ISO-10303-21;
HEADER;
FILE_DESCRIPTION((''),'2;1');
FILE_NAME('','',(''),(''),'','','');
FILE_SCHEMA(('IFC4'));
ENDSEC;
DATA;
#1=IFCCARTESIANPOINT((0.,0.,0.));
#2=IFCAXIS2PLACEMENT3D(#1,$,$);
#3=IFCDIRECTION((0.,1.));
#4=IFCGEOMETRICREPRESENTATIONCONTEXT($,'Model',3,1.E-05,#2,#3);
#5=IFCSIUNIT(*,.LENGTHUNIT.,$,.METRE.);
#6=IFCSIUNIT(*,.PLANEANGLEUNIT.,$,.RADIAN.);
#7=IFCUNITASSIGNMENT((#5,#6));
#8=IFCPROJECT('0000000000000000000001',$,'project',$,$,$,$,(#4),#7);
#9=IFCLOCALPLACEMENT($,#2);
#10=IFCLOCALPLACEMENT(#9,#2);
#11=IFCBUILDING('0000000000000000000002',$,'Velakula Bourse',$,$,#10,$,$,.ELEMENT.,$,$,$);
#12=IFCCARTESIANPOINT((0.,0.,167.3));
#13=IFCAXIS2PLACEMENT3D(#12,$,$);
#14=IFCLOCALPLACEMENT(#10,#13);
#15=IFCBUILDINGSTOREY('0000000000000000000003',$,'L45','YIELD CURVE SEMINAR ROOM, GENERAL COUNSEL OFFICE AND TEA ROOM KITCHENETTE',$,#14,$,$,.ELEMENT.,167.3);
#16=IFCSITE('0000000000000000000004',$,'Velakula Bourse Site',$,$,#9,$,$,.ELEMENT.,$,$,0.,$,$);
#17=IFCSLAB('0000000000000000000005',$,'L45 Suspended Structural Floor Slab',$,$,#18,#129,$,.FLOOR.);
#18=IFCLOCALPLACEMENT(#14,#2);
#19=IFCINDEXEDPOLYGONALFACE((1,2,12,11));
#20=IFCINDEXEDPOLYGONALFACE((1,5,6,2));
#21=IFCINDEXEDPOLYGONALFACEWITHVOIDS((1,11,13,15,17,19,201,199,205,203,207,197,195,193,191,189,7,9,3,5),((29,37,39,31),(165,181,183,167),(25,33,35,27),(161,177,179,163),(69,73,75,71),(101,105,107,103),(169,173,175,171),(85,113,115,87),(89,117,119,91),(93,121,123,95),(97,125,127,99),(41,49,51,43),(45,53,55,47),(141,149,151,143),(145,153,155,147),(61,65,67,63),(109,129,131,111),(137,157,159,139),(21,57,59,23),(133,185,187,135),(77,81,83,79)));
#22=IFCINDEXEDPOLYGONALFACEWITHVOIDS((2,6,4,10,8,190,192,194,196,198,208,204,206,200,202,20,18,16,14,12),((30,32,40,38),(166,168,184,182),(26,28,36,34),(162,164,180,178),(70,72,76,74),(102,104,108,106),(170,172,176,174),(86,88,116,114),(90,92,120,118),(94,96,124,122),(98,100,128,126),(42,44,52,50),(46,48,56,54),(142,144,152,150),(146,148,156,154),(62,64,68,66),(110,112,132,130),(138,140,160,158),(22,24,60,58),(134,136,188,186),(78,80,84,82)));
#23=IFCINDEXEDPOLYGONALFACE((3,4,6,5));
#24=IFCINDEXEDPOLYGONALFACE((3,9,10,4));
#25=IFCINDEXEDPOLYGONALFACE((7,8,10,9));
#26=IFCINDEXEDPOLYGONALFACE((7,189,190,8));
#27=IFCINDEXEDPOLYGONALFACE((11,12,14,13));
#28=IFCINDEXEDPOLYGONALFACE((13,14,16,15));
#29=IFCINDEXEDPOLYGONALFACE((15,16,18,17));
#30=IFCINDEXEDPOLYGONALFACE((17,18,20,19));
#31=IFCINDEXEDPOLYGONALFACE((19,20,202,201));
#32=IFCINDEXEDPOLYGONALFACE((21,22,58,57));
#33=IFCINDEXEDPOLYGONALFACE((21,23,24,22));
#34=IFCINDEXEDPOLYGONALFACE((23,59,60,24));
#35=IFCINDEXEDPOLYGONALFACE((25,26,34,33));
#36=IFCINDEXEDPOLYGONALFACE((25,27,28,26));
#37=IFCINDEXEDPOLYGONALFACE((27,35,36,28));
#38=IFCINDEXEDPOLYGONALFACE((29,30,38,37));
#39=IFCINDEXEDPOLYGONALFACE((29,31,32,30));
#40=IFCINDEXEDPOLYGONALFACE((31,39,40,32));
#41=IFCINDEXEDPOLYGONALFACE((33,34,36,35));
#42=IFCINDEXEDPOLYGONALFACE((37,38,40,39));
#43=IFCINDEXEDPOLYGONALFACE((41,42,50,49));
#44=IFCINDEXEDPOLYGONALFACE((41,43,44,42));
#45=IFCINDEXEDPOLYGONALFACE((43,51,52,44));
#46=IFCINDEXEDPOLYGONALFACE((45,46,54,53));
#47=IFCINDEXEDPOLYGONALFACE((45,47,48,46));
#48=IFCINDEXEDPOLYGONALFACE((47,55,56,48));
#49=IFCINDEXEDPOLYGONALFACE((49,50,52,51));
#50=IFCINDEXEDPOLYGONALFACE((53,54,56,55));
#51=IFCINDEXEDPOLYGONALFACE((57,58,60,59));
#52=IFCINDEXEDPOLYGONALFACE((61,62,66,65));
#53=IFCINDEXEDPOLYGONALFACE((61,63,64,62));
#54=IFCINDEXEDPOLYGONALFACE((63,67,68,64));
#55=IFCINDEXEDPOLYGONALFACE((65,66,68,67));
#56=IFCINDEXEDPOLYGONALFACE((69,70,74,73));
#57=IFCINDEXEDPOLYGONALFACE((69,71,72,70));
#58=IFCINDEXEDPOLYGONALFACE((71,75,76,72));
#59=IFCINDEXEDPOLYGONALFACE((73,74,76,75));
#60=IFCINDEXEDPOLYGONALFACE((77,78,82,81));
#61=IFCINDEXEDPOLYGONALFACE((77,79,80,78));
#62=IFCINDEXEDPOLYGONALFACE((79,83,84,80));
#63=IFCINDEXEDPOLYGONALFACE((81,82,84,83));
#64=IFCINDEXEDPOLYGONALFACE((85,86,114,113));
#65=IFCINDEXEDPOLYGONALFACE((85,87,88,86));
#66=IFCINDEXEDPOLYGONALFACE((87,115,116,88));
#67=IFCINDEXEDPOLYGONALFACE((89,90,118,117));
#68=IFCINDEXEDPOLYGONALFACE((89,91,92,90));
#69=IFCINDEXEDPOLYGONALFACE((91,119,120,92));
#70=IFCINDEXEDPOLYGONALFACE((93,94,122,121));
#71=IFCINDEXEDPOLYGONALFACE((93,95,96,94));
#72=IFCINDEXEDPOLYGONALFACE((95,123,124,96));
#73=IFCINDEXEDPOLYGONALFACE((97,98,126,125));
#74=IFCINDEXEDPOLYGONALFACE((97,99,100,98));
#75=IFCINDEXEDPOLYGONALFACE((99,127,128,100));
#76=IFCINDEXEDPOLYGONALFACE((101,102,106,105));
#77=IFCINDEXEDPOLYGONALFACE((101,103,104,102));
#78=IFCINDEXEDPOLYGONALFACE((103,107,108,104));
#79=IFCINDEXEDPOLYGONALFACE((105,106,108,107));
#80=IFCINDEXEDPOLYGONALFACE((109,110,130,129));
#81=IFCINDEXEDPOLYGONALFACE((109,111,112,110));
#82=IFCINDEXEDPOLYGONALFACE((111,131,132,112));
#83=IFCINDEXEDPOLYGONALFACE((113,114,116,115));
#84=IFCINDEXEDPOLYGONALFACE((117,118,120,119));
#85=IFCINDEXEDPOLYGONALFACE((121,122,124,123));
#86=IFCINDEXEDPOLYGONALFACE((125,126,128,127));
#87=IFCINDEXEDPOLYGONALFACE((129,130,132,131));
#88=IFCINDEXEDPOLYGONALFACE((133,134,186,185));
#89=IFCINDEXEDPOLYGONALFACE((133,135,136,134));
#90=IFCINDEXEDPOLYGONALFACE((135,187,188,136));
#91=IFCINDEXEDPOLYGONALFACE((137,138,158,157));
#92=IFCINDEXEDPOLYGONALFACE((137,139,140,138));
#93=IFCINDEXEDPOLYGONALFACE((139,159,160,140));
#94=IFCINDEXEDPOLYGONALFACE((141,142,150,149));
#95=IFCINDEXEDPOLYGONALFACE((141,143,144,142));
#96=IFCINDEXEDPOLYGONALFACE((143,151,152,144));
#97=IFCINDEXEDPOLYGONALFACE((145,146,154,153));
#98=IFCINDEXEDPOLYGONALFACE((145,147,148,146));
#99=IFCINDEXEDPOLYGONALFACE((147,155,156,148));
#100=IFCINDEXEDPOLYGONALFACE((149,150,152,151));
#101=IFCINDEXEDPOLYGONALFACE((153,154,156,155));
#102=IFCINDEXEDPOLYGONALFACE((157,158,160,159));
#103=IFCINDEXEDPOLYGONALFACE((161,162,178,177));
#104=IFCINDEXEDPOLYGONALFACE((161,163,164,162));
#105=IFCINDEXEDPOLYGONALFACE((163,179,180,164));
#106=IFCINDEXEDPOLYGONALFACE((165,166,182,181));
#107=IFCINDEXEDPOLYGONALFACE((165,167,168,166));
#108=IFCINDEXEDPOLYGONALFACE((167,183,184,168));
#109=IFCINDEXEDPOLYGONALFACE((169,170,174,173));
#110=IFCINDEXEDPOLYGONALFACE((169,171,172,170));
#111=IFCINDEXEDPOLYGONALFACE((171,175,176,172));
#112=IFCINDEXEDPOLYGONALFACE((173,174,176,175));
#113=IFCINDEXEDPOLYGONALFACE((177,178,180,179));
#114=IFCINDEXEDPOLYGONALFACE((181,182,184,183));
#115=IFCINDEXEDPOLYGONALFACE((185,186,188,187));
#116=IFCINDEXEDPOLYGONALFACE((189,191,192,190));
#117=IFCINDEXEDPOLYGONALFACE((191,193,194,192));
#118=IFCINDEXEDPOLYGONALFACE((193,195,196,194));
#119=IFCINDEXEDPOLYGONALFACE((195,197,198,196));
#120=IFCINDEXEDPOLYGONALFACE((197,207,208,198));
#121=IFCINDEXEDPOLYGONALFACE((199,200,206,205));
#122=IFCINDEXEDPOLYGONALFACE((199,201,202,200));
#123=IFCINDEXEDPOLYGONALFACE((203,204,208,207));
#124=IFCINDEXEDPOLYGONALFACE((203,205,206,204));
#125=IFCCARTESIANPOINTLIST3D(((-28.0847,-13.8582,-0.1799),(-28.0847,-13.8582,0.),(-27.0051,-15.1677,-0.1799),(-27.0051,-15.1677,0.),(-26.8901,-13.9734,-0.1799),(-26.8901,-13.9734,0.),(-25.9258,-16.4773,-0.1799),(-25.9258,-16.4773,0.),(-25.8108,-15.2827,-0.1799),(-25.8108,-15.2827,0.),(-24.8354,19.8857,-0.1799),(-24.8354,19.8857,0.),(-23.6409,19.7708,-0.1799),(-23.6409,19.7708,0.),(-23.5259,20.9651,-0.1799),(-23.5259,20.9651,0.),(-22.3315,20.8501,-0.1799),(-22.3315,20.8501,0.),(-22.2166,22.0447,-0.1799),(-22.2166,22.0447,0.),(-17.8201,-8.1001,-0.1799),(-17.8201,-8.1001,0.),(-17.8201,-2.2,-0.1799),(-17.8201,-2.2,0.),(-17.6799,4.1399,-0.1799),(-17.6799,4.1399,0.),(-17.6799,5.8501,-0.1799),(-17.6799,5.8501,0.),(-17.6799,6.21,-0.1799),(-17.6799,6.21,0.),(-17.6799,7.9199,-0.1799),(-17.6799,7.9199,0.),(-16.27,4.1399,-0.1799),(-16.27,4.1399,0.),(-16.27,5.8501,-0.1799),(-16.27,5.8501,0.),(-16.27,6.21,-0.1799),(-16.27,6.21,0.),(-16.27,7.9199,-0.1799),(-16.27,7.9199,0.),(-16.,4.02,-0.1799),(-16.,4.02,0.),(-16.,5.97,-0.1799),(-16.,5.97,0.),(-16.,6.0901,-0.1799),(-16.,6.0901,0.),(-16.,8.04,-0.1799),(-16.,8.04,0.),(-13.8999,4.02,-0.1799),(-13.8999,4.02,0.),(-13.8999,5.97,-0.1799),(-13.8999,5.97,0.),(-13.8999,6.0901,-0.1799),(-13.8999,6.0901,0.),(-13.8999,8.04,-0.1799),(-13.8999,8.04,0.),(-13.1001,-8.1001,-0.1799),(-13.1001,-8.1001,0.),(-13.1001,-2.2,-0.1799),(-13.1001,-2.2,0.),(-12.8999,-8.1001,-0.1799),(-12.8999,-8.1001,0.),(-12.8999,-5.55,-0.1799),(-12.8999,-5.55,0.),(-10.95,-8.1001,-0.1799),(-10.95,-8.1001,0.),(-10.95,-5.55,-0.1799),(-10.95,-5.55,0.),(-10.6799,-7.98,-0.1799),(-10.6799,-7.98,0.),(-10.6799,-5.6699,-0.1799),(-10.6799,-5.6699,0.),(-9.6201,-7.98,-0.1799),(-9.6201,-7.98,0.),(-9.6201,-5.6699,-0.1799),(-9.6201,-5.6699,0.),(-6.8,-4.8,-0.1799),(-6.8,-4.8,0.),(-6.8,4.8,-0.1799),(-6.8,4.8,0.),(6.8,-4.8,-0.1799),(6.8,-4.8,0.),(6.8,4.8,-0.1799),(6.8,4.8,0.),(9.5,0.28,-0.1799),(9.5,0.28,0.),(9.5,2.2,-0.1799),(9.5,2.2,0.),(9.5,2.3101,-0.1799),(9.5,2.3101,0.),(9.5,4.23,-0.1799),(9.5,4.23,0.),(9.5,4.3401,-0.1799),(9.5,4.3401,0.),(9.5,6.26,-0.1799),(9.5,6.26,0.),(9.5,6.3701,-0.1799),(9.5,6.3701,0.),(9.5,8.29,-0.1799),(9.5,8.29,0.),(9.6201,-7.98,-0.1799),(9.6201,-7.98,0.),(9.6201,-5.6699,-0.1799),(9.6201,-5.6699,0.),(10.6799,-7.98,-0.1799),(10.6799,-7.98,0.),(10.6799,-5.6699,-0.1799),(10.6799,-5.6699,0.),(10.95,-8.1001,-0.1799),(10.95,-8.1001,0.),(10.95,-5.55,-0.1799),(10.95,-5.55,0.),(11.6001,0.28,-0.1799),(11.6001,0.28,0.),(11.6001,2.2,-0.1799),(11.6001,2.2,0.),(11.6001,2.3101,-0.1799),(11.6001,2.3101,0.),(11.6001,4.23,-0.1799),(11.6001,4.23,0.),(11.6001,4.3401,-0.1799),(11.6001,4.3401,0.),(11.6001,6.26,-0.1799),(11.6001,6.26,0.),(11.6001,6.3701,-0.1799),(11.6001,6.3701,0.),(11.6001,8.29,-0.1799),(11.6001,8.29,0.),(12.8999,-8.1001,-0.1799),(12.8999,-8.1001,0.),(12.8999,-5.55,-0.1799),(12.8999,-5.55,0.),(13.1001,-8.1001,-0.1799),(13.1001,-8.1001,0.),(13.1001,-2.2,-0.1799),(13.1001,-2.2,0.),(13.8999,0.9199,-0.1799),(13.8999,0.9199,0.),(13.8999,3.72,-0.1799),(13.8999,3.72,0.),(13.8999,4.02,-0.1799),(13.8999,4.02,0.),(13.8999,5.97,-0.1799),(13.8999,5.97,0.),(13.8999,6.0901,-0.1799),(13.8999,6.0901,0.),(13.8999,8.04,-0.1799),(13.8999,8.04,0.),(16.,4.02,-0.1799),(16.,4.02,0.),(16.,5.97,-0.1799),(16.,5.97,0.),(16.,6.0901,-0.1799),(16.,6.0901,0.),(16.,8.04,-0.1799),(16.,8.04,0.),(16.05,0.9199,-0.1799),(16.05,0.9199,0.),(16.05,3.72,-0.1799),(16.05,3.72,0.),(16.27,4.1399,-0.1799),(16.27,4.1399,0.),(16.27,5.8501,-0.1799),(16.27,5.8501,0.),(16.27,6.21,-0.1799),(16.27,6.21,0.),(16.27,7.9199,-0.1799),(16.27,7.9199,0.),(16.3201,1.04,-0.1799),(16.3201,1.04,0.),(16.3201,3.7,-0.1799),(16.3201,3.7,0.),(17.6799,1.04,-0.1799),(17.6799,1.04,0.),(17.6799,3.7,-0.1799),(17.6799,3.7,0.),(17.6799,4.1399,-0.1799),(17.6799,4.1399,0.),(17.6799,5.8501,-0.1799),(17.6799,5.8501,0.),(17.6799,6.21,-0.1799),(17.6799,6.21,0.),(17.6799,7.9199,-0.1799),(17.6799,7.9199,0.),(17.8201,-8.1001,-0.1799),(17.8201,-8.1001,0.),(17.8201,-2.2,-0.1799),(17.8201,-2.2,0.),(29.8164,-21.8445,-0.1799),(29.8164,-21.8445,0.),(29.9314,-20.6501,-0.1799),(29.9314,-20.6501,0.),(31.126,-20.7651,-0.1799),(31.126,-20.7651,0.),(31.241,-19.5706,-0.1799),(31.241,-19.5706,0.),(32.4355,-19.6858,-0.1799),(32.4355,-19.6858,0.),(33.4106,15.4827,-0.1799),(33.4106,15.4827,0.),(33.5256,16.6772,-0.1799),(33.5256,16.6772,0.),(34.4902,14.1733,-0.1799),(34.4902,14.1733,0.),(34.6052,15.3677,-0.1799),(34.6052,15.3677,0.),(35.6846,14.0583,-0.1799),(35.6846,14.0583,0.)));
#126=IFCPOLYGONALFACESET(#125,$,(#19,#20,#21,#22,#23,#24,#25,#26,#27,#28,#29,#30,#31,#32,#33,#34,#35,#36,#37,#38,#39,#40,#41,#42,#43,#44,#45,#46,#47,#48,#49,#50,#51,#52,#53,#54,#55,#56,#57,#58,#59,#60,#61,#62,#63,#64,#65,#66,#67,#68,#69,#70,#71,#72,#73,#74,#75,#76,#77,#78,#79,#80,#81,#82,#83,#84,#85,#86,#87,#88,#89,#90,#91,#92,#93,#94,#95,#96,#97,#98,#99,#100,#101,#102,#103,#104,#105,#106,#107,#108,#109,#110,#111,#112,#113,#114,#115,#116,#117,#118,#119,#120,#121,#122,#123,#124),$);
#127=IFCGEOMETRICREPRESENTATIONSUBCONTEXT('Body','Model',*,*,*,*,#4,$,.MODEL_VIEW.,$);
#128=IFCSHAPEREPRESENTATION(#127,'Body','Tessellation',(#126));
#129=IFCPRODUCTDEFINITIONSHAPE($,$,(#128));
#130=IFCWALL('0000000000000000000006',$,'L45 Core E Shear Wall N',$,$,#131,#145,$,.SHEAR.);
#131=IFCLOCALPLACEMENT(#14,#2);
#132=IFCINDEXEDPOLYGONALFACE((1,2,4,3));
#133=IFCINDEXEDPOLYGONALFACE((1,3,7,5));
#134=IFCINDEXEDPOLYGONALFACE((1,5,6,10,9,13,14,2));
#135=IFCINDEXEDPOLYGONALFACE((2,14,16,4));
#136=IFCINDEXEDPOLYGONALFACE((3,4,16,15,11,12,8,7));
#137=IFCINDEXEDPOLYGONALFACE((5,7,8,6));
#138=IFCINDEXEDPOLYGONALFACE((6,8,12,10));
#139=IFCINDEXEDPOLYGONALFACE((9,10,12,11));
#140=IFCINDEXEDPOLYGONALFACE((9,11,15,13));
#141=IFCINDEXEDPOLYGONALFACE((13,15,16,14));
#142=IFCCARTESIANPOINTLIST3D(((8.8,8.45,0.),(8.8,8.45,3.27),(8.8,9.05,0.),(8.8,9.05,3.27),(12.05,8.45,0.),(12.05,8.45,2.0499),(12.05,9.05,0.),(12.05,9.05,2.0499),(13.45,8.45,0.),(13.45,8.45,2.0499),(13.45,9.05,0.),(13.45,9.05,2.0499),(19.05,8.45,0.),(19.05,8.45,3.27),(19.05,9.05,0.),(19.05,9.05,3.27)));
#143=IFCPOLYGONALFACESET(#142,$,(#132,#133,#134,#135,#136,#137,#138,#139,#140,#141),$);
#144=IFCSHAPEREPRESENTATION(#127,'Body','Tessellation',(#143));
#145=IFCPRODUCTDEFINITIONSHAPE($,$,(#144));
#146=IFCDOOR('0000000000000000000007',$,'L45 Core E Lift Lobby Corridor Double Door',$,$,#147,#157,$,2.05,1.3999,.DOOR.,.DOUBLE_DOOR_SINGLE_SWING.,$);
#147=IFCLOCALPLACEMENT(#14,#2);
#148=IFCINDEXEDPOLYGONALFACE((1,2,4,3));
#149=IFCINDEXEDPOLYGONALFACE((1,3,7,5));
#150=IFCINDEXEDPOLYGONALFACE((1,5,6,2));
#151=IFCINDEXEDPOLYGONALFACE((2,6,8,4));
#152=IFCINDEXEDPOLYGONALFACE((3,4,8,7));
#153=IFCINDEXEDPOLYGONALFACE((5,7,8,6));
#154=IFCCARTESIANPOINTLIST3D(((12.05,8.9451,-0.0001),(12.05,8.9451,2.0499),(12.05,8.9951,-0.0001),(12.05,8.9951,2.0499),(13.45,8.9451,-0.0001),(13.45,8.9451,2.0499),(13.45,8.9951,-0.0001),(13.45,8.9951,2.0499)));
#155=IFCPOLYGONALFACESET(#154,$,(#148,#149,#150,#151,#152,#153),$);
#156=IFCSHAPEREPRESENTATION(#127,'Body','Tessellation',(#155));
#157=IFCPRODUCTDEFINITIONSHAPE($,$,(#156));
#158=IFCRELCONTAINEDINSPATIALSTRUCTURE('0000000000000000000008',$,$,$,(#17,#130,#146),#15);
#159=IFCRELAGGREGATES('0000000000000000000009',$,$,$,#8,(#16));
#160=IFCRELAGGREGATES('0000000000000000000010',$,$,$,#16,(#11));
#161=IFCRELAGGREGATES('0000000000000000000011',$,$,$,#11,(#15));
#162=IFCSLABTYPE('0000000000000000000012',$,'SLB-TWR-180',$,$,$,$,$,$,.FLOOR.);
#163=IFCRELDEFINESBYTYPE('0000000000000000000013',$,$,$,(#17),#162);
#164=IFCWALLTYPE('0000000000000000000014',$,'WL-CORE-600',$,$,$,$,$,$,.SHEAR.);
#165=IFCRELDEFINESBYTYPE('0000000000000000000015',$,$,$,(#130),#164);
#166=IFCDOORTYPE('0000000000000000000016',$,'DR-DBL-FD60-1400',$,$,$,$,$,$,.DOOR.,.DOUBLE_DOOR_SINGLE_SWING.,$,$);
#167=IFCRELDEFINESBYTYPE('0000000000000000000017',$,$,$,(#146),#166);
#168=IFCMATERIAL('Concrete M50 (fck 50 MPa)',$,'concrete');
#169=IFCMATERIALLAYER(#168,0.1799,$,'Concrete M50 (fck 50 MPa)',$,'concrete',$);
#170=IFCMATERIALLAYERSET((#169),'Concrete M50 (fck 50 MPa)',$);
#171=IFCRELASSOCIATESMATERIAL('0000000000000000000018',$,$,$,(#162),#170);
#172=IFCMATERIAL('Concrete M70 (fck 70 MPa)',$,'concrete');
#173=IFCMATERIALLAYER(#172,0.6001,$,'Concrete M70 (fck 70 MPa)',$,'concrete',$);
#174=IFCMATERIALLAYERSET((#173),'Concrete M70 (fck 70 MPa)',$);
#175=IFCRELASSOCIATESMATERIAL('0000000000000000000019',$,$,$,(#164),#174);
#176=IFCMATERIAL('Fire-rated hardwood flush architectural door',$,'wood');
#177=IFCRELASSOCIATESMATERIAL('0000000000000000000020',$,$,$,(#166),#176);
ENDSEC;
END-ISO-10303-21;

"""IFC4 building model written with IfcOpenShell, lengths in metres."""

from ifc_helpers import new_model, si_unit, direction, frame, frame_2d, origin, place, context, subcontext, project, spatial, polyline, rectangle, outline, extrude, material, layer, layer_set, type_object, element, fill, save


model = new_model("IFC4")

# Units and contexts
model_context = context("Model", 3, precision=1e-05, world=origin(), true_north=direction((0.0, 1.0)))
body_context = subcontext(model_context, "Body", "Model", "MODEL_VIEW")
ifc_project = project(units=[si_unit("LENGTHUNIT", "METRE"), si_unit("PLANEANGLEUNIT", "RADIAN")], contexts=[model_context])

# Site, building, storey
site_placement = place(None, origin())
site = spatial("IfcSite", under=ifc_project, at=site_placement, Name="Velakula Bourse Site", CompositionType="ELEMENT", RefElevation=0.0)
building_placement = place(site_placement, origin())
building = spatial("IfcBuilding", under=site, at=building_placement, Name="Velakula Bourse", CompositionType="ELEMENT")
storey_placement = place(building_placement, frame((0.0, 0.0, 167.3)))
storey = spatial("IfcBuildingStorey", under=building, at=storey_placement, Name="L45", Description="YIELD CURVE SEMINAR ROOM, GENERAL COUNSEL OFFICE AND TEA ROOM KITCHENETTE", CompositionType="ELEMENT", Elevation=167.3)

# Shared definitions
ifc_material_1 = material(Name="Concrete M70 (fck 70 MPa)", Category="concrete")

# Slab
ifc_material_2 = material(Name="Concrete M50 (fck 50 MPa)", Category="concrete")
ifc_layer_1 = layer(ifc_material_2, 0.1799, Name="Concrete M50 (fck 50 MPa)", Category="concrete")
ifc_layer_set_1 = layer_set([ifc_layer_1], Name="Concrete M50 (fck 50 MPa)")
slab_type_1 = type_object("IfcSlabType", Name="SLB-TWR-180", PredefinedType="FLOOR", material=ifc_layer_set_1)
slab_1_placement = place(storey_placement, frame((0.0, 0.0, -0.1799)))
element("IfcSlab", 1, at=slab_1_placement, inside=storey, type_object=slab_type_1, Name="L45 Suspended Structural Floor Slab", PredefinedType="FLOOR", context=body_context, shape_type="SweptSolid", body=[
    extrude(outline(polyline([(-25.9258, -16.4773), (29.8164, -21.8445), (29.9314, -20.6501), (31.126, -20.7651), (31.241, -19.5706), (32.4355, -19.6858), (35.6846, 14.0583), (34.4902, 14.1733), (34.6052, 15.3677), (33.4106, 15.4827), (33.5256, 16.6772), (-22.2166, 22.0447), (-22.3315, 20.8501), (-23.5259, 20.9651), (-23.6409, 19.7708), (-24.8354, 19.8857), (-28.0847, -13.8582), (-26.8901, -13.9734), (-27.0051, -15.1677), (-25.8108, -15.2827), (-25.9258, -16.4773)]), holes=[polyline([(-17.8201, -8.1001), (-13.1001, -8.1001), (-13.1001, -2.2), (-17.8201, -2.2), (-17.8201, -8.1001)]), polyline([(13.1001, -8.1001), (17.8201, -8.1001), (17.8201, -2.2), (13.1001, -2.2), (13.1001, -8.1001)]), polyline([(-12.8999, -8.1001), (-10.95, -8.1001), (-10.95, -5.55), (-12.8999, -5.55), (-12.8999, -8.1001)]), polyline([(10.95, -8.1001), (12.8999, -8.1001), (12.8999, -5.55), (10.95, -5.55), (10.95, -8.1001)]), polyline([(13.8999, 0.9199), (16.05, 0.9199), (16.05, 3.72), (13.8999, 3.72), (13.8999, 0.9199)]), polyline([(-10.6799, -7.98), (-9.6201, -7.98), (-9.6201, -5.6699), (-10.6799, -5.6699), (-10.6799, -7.98)]), polyline([(-17.6799, 4.1399), (-16.27, 4.1399), (-16.27, 5.8501), (-17.6799, 5.8501), (-17.6799, 4.1399)]), polyline([(-17.6799, 6.21), (-16.27, 6.21), (-16.27, 7.9199), (-17.6799, 7.9199), (-17.6799, 6.21)]), polyline([(9.6201, -7.98), (10.6799, -7.98), (10.6799, -5.6699), (9.6201, -5.6699), (9.6201, -7.98)]), polyline([(16.27, 4.1399), (17.6799, 4.1399), (17.6799, 5.8501), (16.27, 5.8501), (16.27, 4.1399)]), polyline([(16.27, 6.21), (17.6799, 6.21), (17.6799, 7.9199), (16.27, 7.9199), (16.27, 6.21)]), polyline([(16.3201, 1.04), (17.6799, 1.04), (17.6799, 3.7), (16.3201, 3.7), (16.3201, 1.04)]), polyline([(9.5, 0.28), (11.6001, 0.28), (11.6001, 2.2), (9.5, 2.2), (9.5, 0.28)]), polyline([(9.5, 2.3101), (11.6001, 2.3101), (11.6001, 4.23), (9.5, 4.23), (9.5, 2.3101)]), polyline([(9.5, 4.3401), (11.6001, 4.3401), (11.6001, 6.26), (9.5, 6.26), (9.5, 4.3401)]), polyline([(9.5, 6.3701), (11.6001, 6.3701), (11.6001, 8.29), (9.5, 8.29), (9.5, 6.3701)]), polyline([(-16.0, 4.02), (-13.8999, 4.02), (-13.8999, 5.97), (-16.0, 5.97), (-16.0, 4.02)]), polyline([(-16.0, 6.0901), (-13.8999, 6.0901), (-13.8999, 8.04), (-16.0, 8.04), (-16.0, 6.0901)]), polyline([(13.8999, 4.02), (16.0, 4.02), (16.0, 5.97), (13.8999, 5.97), (13.8999, 4.02)]), polyline([(13.8999, 6.0901), (16.0, 6.0901), (16.0, 8.04), (13.8999, 8.04), (13.8999, 6.0901)]), polyline([(-6.8, -4.8), (6.8, -4.8), (6.8, 4.8), (-6.8, 4.8), (-6.8, -4.8)])]), origin(), (0.0, 0.0, 1.0), 0.1799),
])

# Wall, opening, door
ifc_layer_2 = layer(ifc_material_1, 0.6001, Name="Concrete M70 (fck 70 MPa)", Category="concrete")
ifc_layer_set_2 = layer_set([ifc_layer_2], Name="Concrete M70 (fck 70 MPa)")
wall_type_1 = type_object("IfcWallType", Name="WL-CORE-600", PredefinedType="SHEAR", material=ifc_layer_set_2)
wall_1_placement = place(storey_placement, frame((8.8, 8.75, 0.0), z_axis=(0.0, 0.0, 1.0), x_axis=(1.0, 0.0, 0.0)))
wall_1 = element("IfcWall", 2, at=wall_1_placement, inside=storey, type_object=wall_type_1, Name="L45 Core E Shear Wall N", PredefinedType="SHEAR", context=body_context, shape_type="SweptSolid", body=[
    extrude(rectangle(XDim=10.25, YDim=0.6001, at=frame_2d((5.125, 0.0))), origin(), (0.0, 0.0, 1.0), 3.27),
])
opening_1_placement = place(wall_1_placement, frame((3.25, 0.0, 0.0)))
opening_1 = element("IfcOpeningElement", 3, at=opening_1_placement, cuts=wall_1, PredefinedType="OPENING", context=body_context, shape_type="SweptSolid", body=[
    extrude(rectangle(XDim=1.3999, YDim=2.05, at=frame_2d((0.7, 1.0249))), frame((0.0, 0.3101, 0.0), z_axis=(0.0, -1.0, 0.0), x_axis=(1.0, 0.0, 0.0)), (0.0, 0.0, 1.0), 0.6201),
])
ifc_material_3 = material(Name="Fire-rated hardwood flush architectural door", Category="wood")
door_type = type_object("IfcDoorType", Name="DR-DBL-FD60-1400", OperationType="DOUBLE_DOOR_SINGLE_SWING", PredefinedType="DOOR", material=ifc_material_3)
door_placement = place(opening_1_placement, origin())
door = element("IfcDoor", 4, at=door_placement, inside=storey, type_object=door_type, Name="L45 Core E Lift Lobby Corridor Double Door", OperationType="DOUBLE_DOOR_SINGLE_SWING", OverallHeight=2.05, OverallWidth=1.3999, PredefinedType="DOOR", context=body_context, shape_type="SweptSolid", body=[
    extrude(rectangle(XDim=1.3999, YDim=2.05, at=frame_2d((0.7, 1.0249))), frame((0.0, 0.2451, 0.0), z_axis=(0.0, -1.0, 0.0), x_axis=(1.0, 0.0, 0.0)), (0.0, 0.0, 1.0), 0.05),
])
fill(opening_1, door)

save(model, "model.ifc")
